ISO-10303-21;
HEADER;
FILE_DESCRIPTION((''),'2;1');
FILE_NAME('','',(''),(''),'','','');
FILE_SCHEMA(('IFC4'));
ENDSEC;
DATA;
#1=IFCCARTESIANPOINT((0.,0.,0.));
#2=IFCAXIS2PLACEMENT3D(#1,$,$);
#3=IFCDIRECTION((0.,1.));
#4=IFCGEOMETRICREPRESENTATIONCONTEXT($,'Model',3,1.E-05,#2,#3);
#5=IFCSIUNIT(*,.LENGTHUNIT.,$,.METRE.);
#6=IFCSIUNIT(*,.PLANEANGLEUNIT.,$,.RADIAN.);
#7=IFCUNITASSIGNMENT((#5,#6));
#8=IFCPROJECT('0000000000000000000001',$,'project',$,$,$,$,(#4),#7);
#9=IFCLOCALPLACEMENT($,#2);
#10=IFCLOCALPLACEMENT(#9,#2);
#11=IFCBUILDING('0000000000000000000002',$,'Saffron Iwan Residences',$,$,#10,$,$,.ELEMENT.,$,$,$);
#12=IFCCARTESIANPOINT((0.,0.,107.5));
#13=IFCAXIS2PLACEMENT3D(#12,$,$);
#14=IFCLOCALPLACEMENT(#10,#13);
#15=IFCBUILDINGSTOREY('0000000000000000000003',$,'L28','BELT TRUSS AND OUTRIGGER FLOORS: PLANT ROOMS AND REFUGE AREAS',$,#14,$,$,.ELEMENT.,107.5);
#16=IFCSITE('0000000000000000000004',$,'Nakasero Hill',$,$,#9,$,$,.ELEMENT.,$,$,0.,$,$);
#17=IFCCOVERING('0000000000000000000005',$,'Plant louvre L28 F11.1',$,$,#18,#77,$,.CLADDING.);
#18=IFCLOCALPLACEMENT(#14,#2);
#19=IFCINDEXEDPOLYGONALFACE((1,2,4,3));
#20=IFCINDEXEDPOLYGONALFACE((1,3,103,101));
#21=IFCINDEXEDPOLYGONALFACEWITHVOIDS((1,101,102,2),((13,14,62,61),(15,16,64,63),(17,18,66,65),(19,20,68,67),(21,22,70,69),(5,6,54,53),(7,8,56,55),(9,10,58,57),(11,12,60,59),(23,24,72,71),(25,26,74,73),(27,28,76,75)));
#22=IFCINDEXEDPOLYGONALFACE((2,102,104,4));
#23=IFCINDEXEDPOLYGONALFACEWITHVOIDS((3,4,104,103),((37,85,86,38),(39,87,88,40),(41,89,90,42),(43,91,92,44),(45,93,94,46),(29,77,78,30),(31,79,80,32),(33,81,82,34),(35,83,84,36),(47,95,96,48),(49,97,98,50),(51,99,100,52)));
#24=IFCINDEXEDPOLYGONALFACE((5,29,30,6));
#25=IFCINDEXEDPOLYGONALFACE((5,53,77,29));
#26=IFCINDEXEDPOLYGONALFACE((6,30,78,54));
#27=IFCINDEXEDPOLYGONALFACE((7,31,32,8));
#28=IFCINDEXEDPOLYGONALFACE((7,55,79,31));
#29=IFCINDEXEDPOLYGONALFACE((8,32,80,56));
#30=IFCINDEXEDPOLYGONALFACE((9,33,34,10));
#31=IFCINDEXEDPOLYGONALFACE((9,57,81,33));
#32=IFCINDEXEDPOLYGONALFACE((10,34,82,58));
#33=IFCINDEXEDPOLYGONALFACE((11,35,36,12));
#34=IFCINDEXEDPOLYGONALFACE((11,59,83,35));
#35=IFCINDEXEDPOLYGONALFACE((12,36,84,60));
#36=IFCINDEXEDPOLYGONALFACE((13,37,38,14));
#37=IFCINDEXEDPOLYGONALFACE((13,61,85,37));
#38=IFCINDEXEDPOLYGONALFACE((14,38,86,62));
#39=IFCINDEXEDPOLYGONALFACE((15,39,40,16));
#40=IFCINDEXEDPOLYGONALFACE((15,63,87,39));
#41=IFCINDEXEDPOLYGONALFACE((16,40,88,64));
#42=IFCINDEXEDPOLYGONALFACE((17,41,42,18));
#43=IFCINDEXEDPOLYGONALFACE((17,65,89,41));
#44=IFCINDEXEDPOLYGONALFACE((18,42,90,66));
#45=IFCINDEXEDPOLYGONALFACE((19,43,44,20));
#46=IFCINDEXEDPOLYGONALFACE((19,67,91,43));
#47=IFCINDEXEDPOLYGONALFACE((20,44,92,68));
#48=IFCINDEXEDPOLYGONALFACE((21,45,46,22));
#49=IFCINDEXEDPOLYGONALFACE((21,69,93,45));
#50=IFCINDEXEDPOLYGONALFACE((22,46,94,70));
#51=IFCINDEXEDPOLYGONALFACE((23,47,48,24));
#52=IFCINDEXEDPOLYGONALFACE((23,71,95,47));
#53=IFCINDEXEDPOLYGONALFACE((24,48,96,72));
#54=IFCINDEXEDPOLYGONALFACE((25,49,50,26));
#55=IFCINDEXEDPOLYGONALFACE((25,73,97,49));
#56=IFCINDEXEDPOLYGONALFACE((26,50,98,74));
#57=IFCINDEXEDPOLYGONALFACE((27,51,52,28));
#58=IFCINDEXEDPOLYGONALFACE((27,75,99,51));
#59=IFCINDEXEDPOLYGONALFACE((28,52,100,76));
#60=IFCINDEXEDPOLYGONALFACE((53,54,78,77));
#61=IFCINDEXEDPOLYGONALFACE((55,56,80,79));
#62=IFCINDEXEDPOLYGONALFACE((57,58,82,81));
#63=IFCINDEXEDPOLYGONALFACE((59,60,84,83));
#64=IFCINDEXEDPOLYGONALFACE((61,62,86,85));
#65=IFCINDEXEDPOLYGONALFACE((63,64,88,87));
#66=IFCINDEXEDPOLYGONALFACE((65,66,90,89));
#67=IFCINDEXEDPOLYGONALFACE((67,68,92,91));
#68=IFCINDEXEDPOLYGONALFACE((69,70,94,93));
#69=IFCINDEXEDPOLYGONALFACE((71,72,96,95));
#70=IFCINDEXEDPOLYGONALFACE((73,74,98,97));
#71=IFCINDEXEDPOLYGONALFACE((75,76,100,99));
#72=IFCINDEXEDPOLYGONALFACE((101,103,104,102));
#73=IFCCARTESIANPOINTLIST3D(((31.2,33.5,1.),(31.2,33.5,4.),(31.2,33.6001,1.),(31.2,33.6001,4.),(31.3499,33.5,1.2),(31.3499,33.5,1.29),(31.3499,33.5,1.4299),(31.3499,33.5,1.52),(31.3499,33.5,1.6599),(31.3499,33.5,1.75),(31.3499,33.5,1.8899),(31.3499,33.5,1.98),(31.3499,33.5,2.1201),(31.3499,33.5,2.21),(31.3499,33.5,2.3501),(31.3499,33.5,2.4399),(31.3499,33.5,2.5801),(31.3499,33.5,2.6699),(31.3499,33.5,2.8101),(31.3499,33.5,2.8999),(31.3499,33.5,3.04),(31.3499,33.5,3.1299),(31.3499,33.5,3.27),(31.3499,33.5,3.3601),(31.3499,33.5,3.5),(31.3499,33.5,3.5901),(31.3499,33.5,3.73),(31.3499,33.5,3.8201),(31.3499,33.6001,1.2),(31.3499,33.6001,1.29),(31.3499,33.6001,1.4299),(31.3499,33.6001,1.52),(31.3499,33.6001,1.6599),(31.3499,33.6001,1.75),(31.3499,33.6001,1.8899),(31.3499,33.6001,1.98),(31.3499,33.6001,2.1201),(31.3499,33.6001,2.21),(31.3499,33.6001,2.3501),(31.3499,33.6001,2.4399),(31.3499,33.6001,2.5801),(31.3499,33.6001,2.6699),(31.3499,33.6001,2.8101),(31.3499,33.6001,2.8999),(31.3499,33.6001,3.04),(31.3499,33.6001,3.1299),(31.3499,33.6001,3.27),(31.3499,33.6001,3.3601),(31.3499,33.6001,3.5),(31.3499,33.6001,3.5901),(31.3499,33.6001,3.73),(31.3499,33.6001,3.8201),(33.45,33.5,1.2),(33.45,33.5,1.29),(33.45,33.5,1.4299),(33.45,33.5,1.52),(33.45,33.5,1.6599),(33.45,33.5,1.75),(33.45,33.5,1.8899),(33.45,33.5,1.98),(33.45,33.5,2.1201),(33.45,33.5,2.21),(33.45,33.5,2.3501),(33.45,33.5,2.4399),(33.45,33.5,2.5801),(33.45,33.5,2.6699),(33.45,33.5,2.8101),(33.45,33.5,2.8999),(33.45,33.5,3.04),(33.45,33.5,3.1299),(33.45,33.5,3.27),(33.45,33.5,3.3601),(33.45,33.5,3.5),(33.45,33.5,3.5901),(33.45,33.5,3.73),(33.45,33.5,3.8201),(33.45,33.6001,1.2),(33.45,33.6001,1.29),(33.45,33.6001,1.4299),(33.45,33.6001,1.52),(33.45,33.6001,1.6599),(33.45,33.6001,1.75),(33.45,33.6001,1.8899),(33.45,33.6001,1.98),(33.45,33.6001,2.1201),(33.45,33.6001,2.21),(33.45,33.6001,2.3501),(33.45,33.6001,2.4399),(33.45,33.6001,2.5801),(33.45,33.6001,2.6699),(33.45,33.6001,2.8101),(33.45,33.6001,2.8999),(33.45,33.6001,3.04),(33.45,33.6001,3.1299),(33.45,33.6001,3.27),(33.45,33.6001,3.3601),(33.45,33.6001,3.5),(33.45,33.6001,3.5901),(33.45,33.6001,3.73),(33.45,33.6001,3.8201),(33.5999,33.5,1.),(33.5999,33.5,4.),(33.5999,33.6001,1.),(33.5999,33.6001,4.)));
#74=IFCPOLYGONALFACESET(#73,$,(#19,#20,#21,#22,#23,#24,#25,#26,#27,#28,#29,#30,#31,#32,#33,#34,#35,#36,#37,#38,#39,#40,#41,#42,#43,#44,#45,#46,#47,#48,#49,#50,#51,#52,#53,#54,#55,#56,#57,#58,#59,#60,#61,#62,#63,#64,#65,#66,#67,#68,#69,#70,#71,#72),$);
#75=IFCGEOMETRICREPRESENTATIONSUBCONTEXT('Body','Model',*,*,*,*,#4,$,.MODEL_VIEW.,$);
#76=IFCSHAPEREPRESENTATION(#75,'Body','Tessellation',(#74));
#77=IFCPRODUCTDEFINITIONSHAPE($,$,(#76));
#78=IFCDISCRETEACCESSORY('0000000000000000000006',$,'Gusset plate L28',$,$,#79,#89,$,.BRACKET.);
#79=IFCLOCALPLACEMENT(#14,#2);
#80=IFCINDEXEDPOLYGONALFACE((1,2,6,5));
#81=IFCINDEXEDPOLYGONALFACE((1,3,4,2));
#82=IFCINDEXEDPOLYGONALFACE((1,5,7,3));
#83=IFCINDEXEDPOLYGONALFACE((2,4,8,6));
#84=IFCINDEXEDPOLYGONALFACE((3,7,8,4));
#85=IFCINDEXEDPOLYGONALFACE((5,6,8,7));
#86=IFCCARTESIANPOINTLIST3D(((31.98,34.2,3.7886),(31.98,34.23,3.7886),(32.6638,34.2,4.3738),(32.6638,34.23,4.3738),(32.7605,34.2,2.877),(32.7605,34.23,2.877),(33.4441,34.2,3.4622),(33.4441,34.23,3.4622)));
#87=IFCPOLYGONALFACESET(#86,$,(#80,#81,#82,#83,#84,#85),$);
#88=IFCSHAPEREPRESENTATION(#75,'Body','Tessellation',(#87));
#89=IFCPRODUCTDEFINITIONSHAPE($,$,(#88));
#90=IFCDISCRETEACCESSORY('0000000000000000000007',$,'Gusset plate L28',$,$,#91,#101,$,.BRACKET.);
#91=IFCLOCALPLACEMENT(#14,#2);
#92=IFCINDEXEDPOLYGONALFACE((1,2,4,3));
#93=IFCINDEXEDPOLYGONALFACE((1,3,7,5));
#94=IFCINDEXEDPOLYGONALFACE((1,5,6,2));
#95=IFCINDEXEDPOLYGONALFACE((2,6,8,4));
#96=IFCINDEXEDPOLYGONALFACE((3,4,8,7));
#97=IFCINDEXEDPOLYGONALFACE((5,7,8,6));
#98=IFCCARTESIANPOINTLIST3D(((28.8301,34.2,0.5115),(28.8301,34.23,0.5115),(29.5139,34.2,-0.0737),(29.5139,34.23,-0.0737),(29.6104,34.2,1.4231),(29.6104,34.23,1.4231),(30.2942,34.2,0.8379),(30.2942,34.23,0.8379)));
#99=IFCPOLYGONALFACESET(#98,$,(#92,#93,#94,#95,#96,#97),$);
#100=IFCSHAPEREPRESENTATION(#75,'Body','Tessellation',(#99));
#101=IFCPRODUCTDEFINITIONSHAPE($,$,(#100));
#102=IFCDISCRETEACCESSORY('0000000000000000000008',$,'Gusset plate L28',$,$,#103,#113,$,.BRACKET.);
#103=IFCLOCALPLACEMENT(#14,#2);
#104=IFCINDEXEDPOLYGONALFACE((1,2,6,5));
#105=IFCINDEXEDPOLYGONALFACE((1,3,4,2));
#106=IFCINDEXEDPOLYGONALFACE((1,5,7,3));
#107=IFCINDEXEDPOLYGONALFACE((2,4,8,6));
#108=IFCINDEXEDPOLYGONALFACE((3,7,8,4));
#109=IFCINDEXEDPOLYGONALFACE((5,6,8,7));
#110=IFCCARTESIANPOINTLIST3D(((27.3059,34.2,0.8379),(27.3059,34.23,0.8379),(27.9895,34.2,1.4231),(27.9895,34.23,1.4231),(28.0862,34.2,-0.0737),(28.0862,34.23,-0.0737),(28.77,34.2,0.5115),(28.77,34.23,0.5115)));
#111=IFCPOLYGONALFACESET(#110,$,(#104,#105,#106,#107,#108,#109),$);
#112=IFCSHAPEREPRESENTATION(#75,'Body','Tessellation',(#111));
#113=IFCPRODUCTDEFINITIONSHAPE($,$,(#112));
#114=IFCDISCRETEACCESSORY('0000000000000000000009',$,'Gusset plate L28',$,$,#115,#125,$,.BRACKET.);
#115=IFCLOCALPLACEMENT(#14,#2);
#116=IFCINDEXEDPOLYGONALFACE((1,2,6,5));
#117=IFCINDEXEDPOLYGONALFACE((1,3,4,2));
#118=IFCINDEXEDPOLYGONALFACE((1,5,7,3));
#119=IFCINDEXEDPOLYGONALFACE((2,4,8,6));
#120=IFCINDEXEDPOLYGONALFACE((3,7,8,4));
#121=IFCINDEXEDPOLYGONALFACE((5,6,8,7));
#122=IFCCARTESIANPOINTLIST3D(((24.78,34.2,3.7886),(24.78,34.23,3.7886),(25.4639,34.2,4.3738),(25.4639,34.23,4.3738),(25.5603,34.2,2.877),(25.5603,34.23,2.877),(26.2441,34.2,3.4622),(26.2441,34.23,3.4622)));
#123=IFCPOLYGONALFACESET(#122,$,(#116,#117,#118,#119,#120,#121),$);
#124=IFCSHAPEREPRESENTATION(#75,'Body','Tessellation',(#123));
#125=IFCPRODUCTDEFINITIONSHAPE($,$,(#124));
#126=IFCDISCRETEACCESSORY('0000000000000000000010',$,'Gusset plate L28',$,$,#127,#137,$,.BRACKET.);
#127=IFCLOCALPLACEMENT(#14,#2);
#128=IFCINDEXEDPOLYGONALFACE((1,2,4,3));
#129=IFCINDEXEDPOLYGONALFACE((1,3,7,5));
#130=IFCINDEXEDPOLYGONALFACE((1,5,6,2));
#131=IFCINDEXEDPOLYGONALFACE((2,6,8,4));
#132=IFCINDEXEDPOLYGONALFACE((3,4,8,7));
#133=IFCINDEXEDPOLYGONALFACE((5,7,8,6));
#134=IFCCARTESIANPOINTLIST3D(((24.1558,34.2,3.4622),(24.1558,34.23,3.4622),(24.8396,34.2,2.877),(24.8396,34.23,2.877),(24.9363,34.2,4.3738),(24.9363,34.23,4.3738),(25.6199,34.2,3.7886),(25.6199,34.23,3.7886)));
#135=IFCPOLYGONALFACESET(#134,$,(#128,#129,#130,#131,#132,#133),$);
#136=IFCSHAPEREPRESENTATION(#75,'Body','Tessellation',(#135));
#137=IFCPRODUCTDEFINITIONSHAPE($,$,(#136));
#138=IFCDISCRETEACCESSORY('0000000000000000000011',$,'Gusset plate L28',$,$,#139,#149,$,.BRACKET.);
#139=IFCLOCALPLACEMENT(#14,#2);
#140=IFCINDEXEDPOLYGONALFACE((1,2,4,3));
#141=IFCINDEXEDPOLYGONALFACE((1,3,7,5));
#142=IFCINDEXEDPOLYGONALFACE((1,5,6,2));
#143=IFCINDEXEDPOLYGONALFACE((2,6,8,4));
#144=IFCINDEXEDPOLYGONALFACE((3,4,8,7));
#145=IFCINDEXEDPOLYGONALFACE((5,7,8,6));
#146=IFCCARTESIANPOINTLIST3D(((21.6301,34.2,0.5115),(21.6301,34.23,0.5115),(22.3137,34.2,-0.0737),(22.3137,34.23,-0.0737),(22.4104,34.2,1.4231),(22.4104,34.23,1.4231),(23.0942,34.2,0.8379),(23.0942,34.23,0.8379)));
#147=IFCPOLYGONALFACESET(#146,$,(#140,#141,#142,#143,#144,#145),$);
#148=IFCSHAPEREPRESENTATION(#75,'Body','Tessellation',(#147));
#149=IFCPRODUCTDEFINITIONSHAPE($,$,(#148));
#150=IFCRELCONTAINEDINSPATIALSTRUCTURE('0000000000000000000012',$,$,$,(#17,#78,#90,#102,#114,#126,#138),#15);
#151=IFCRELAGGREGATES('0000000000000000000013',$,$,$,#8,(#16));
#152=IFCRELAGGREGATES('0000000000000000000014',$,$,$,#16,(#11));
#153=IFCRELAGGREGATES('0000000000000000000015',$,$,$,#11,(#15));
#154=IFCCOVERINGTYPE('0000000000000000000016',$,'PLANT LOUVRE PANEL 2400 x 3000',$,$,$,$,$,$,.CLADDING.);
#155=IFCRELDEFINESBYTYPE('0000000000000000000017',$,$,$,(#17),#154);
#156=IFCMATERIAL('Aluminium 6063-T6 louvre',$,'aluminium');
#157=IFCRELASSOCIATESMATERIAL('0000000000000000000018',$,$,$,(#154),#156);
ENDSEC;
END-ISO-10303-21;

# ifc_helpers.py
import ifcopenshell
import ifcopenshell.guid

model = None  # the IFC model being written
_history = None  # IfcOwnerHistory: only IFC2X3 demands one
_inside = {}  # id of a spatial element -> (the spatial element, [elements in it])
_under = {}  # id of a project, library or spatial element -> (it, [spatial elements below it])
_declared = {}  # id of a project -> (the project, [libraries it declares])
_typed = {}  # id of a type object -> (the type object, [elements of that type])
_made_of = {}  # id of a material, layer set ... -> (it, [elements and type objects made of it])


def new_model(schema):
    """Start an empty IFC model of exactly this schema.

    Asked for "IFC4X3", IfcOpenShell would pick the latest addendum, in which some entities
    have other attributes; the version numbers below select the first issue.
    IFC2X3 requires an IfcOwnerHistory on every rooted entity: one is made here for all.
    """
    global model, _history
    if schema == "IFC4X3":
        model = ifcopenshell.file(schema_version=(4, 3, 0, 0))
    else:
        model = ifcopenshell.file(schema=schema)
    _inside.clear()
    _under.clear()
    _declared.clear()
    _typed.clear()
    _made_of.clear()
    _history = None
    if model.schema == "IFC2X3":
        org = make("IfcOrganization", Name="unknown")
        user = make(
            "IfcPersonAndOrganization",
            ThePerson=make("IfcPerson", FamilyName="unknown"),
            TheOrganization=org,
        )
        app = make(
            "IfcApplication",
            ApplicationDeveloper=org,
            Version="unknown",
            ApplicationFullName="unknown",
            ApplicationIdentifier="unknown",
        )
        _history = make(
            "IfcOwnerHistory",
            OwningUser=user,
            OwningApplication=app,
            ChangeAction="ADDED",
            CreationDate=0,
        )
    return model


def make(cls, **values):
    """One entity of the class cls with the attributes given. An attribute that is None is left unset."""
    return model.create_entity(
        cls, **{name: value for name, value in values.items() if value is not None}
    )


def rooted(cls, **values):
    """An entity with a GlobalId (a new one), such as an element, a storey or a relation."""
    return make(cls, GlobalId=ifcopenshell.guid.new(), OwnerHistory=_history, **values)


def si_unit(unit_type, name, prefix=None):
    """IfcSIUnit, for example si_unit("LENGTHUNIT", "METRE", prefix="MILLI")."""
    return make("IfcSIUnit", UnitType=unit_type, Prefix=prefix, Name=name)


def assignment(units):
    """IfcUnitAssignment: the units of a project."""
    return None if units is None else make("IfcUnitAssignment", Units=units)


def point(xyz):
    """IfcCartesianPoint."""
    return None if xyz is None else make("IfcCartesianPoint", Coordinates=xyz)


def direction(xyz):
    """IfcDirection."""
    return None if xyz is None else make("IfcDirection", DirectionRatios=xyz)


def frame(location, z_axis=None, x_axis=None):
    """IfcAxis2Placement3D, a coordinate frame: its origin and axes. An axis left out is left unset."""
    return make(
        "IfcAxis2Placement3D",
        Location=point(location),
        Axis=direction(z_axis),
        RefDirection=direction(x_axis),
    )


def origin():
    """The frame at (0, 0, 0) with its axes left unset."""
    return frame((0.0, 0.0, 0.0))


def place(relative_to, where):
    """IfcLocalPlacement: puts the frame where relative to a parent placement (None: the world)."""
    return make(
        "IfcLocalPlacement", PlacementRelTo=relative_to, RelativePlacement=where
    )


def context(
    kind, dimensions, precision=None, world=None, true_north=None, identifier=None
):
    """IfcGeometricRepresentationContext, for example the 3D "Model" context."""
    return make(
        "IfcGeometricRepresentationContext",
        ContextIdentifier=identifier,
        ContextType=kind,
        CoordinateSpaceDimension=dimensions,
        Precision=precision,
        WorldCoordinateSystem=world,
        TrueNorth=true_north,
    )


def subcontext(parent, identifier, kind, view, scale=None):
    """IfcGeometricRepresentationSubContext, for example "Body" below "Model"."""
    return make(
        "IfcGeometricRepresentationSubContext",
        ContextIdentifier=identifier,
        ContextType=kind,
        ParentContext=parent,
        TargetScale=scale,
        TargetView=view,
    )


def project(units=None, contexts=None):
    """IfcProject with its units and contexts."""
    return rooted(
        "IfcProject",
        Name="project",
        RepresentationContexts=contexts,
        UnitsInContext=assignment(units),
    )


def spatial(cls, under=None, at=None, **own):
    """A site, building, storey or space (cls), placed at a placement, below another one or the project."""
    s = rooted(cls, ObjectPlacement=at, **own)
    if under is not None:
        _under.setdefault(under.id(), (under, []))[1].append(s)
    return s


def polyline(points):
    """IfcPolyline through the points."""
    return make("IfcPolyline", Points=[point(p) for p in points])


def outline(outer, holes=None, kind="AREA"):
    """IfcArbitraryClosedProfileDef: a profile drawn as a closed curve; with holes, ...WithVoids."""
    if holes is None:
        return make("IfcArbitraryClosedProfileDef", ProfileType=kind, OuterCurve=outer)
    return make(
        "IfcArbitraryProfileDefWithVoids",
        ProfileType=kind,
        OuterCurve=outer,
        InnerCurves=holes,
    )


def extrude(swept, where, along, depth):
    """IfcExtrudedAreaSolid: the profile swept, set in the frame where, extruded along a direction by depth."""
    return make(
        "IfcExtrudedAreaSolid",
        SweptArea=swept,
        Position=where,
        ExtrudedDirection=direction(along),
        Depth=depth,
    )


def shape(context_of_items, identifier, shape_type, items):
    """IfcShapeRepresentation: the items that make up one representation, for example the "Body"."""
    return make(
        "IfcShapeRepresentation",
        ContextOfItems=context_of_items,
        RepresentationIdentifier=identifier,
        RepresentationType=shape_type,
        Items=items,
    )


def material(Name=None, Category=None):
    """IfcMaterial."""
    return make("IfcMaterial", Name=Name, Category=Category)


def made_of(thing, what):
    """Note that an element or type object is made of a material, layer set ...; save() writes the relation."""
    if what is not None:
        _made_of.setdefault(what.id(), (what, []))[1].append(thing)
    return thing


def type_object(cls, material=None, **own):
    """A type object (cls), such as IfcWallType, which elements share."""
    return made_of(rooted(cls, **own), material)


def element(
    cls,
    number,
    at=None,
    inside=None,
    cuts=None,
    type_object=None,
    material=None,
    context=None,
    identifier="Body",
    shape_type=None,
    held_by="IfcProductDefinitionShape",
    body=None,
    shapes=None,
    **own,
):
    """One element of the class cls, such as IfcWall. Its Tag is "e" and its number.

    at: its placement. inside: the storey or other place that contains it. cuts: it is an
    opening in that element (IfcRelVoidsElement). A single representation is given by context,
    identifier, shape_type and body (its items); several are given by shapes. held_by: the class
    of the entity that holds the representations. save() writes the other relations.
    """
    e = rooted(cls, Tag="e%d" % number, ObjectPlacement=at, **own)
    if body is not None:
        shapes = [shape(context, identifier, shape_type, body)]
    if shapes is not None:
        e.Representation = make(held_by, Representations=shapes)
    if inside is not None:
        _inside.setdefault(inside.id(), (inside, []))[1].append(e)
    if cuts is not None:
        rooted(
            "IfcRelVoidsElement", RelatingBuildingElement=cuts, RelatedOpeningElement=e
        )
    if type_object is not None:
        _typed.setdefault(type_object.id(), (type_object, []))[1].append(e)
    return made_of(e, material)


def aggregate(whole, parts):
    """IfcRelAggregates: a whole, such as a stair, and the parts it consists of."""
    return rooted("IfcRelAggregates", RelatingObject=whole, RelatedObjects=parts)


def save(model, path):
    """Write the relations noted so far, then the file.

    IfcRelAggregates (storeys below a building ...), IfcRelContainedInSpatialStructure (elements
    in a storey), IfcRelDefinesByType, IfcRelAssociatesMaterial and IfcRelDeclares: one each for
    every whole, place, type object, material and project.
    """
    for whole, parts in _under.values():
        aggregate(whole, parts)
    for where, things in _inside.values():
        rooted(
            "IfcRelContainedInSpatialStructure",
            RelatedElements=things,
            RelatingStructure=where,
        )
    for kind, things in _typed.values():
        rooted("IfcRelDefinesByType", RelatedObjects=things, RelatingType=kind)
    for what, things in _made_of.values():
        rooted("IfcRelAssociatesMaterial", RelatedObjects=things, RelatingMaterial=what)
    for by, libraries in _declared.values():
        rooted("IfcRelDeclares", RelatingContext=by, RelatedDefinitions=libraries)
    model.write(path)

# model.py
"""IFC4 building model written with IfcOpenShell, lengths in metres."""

from ifc_helpers import new_model, si_unit, direction, frame, origin, place, context, subcontext, project, spatial, polyline, outline, extrude, material, type_object, element, save


model = new_model("IFC4")

# Units and contexts
model_context = context("Model", 3, precision=1e-05, world=origin(), true_north=direction((0.0, 1.0)))
body_context = subcontext(model_context, "Body", "Model", "MODEL_VIEW")
ifc_project = project(units=[si_unit("LENGTHUNIT", "METRE"), si_unit("PLANEANGLEUNIT", "RADIAN")], contexts=[model_context])

# Site, building, storey
site_placement = place(None, origin())
site = spatial("IfcSite", under=ifc_project, at=site_placement, Name="Nakasero Hill", CompositionType="ELEMENT", RefElevation=0.0)
building_placement = place(site_placement, origin())
building = spatial("IfcBuilding", under=site, at=building_placement, Name="Saffron Iwan Residences", CompositionType="ELEMENT")
storey_placement = place(building_placement, frame((0.0, 0.0, 107.5)))
storey = spatial("IfcBuildingStorey", under=building, at=storey_placement, Name="L28", Description="BELT TRUSS AND OUTRIGGER FLOORS: PLANT ROOMS AND REFUGE AREAS", CompositionType="ELEMENT", Elevation=107.5)

# Covering
ifc_material_1 = material(Name="Aluminium 6063-T6 louvre", Category="aluminium")
covering_type_1 = type_object("IfcCoveringType", Name="PLANT LOUVRE PANEL 2400 x 3000", PredefinedType="CLADDING", material=ifc_material_1)
covering_1_placement = place(storey_placement, frame((31.2, 33.6001, 1.0), z_axis=(0.0, -1.0, 0.0), x_axis=(1.0, 0.0, 0.0)))
element("IfcCovering", 1, at=covering_1_placement, inside=storey, type_object=covering_type_1, Name="Plant louvre L28 F11.1", PredefinedType="CLADDING", context=body_context, shape_type="SweptSolid", body=[
    extrude(outline(polyline([(0.0, 0.0), (2.3999, 0.0), (2.3999, 3.0), (0.0, 3.0), (0.0, 0.0)]), holes=[polyline([(0.1499, 0.2), (2.25, 0.2), (2.25, 0.29), (0.1499, 0.29), (0.1499, 0.2)]), polyline([(0.1499, 0.4299), (2.25, 0.4299), (2.25, 0.52), (0.1499, 0.52), (0.1499, 0.4299)]), polyline([(0.1499, 0.6599), (2.25, 0.6599), (2.25, 0.75), (0.1499, 0.75), (0.1499, 0.6599)]), polyline([(0.1499, 0.8899), (2.25, 0.8899), (2.25, 0.98), (0.1499, 0.98), (0.1499, 0.8899)]), polyline([(0.1499, 1.1201), (2.25, 1.1201), (2.25, 1.21), (0.1499, 1.21), (0.1499, 1.1201)]), polyline([(0.1499, 1.3501), (2.25, 1.3501), (2.25, 1.4399), (0.1499, 1.4399), (0.1499, 1.3501)]), polyline([(0.1499, 1.5801), (2.25, 1.5801), (2.25, 1.6699), (0.1499, 1.6699), (0.1499, 1.5801)]), polyline([(0.1499, 1.8101), (2.25, 1.8101), (2.25, 1.8999), (0.1499, 1.8999), (0.1499, 1.8101)]), polyline([(0.1499, 2.04), (2.25, 2.04), (2.25, 2.1299), (0.1499, 2.1299), (0.1499, 2.04)]), polyline([(0.1499, 2.27), (2.25, 2.27), (2.25, 2.3601), (0.1499, 2.3601), (0.1499, 2.27)]), polyline([(0.1499, 2.5), (2.25, 2.5), (2.25, 2.5901), (0.1499, 2.5901), (0.1499, 2.5)]), polyline([(0.1499, 2.73), (2.25, 2.73), (2.25, 2.8201), (0.1499, 2.8201), (0.1499, 2.73)])]), origin(), (0.0, 0.0, 1.0), 0.1001),
])

# Discrete accessories
discrete_accessory_1_placement = place(storey_placement, frame((31.98, 34.2, 3.7886), z_axis=(0.0, -1.0, 0.0), x_axis=(0.650372, 0.0, -0.759615)))
element("IfcDiscreteAccessory", 2, at=discrete_accessory_1_placement, inside=storey, Name="Gusset plate L28", PredefinedType="BRACKET", context=body_context, shape_type="SweptSolid", body=[
    extrude(outline(polyline([(0.0, 0.0), (1.2001, 0.0), (1.2002, 0.8999), (0.0002, 0.9001), (0.0, 0.0)])), origin(), (0.0, 0.0, -1.0), 0.03),
])
discrete_accessory_2_placement = place(storey_placement, frame((29.5139, 34.2, -0.0737), z_axis=(0.0, -1.0, 0.0), x_axis=(0.650255, 0.0, 0.759716)))
element("IfcDiscreteAccessory", 3, at=discrete_accessory_2_placement, inside=storey, Name="Gusset plate L28", PredefinedType="BRACKET", context=body_context, shape_type="SweptSolid", body=[
    extrude(outline(polyline([(0.0, 0.0), (1.1999, 0.0), (1.1999, 0.9001), (-0.0001, 0.9001), (0.0, 0.0)])), origin(), (0.0, 0.0, -1.0), 0.03),
])
discrete_accessory_3_placement = place(storey_placement, frame((28.77, 34.2, 0.5115), z_axis=(0.0, -1.0, 0.0), x_axis=(-0.650372, 0.0, 0.759615)))
element("IfcDiscreteAccessory", 4, at=discrete_accessory_3_placement, inside=storey, Name="Gusset plate L28", PredefinedType="BRACKET", context=body_context, shape_type="SweptSolid", body=[
    extrude(outline(polyline([(0.0, 0.0), (1.2001, 0.0), (1.2002, 0.8999), (0.0002, 0.9001), (0.0, 0.0)])), origin(), (0.0, 0.0, -1.0), 0.03),
])
discrete_accessory_4_placement = place(storey_placement, frame((24.78, 34.2, 3.7886), z_axis=(0.0, -1.0, 0.0), x_axis=(0.650255, 0.0, -0.759716)))
element("IfcDiscreteAccessory", 5, at=discrete_accessory_4_placement, inside=storey, Name="Gusset plate L28", PredefinedType="BRACKET", context=body_context, shape_type="SweptSolid", body=[
    extrude(outline(polyline([(0.0, 0.0), (1.1999, 0.0), (1.2, 0.9001), (0.0001, 0.9001), (0.0, 0.0)])), origin(), (0.0, 0.0, -1.0), 0.03),
])
for number, where, z_axis, x_axis, name in (
    (6, (24.9363, 34.2, 4.3738), (0.0, -1.0, 0.0), (-0.650372, 0.0, -0.759615), "Gusset plate L28"),
    (7, (22.3137, 34.2, -0.0737), (0.0, -1.0, 0.0), (0.650372, 0.0, 0.759615), "Gusset plate L28"),
):
    element("IfcDiscreteAccessory", number, at=place(storey_placement, frame(where, z_axis=z_axis, x_axis=x_axis)), inside=storey, Name=name, PredefinedType="BRACKET", context=body_context, shape_type="SweptSolid", body=[
        extrude(outline(polyline([(0.0, 0.0), (1.2001, 0.0), (1.1999, 0.9001), (-0.0001, 0.8999), (0.0, 0.0)])), origin(), (0.0, 0.0, -1.0), 0.03),
    ])

save(model, "model.ifc")
